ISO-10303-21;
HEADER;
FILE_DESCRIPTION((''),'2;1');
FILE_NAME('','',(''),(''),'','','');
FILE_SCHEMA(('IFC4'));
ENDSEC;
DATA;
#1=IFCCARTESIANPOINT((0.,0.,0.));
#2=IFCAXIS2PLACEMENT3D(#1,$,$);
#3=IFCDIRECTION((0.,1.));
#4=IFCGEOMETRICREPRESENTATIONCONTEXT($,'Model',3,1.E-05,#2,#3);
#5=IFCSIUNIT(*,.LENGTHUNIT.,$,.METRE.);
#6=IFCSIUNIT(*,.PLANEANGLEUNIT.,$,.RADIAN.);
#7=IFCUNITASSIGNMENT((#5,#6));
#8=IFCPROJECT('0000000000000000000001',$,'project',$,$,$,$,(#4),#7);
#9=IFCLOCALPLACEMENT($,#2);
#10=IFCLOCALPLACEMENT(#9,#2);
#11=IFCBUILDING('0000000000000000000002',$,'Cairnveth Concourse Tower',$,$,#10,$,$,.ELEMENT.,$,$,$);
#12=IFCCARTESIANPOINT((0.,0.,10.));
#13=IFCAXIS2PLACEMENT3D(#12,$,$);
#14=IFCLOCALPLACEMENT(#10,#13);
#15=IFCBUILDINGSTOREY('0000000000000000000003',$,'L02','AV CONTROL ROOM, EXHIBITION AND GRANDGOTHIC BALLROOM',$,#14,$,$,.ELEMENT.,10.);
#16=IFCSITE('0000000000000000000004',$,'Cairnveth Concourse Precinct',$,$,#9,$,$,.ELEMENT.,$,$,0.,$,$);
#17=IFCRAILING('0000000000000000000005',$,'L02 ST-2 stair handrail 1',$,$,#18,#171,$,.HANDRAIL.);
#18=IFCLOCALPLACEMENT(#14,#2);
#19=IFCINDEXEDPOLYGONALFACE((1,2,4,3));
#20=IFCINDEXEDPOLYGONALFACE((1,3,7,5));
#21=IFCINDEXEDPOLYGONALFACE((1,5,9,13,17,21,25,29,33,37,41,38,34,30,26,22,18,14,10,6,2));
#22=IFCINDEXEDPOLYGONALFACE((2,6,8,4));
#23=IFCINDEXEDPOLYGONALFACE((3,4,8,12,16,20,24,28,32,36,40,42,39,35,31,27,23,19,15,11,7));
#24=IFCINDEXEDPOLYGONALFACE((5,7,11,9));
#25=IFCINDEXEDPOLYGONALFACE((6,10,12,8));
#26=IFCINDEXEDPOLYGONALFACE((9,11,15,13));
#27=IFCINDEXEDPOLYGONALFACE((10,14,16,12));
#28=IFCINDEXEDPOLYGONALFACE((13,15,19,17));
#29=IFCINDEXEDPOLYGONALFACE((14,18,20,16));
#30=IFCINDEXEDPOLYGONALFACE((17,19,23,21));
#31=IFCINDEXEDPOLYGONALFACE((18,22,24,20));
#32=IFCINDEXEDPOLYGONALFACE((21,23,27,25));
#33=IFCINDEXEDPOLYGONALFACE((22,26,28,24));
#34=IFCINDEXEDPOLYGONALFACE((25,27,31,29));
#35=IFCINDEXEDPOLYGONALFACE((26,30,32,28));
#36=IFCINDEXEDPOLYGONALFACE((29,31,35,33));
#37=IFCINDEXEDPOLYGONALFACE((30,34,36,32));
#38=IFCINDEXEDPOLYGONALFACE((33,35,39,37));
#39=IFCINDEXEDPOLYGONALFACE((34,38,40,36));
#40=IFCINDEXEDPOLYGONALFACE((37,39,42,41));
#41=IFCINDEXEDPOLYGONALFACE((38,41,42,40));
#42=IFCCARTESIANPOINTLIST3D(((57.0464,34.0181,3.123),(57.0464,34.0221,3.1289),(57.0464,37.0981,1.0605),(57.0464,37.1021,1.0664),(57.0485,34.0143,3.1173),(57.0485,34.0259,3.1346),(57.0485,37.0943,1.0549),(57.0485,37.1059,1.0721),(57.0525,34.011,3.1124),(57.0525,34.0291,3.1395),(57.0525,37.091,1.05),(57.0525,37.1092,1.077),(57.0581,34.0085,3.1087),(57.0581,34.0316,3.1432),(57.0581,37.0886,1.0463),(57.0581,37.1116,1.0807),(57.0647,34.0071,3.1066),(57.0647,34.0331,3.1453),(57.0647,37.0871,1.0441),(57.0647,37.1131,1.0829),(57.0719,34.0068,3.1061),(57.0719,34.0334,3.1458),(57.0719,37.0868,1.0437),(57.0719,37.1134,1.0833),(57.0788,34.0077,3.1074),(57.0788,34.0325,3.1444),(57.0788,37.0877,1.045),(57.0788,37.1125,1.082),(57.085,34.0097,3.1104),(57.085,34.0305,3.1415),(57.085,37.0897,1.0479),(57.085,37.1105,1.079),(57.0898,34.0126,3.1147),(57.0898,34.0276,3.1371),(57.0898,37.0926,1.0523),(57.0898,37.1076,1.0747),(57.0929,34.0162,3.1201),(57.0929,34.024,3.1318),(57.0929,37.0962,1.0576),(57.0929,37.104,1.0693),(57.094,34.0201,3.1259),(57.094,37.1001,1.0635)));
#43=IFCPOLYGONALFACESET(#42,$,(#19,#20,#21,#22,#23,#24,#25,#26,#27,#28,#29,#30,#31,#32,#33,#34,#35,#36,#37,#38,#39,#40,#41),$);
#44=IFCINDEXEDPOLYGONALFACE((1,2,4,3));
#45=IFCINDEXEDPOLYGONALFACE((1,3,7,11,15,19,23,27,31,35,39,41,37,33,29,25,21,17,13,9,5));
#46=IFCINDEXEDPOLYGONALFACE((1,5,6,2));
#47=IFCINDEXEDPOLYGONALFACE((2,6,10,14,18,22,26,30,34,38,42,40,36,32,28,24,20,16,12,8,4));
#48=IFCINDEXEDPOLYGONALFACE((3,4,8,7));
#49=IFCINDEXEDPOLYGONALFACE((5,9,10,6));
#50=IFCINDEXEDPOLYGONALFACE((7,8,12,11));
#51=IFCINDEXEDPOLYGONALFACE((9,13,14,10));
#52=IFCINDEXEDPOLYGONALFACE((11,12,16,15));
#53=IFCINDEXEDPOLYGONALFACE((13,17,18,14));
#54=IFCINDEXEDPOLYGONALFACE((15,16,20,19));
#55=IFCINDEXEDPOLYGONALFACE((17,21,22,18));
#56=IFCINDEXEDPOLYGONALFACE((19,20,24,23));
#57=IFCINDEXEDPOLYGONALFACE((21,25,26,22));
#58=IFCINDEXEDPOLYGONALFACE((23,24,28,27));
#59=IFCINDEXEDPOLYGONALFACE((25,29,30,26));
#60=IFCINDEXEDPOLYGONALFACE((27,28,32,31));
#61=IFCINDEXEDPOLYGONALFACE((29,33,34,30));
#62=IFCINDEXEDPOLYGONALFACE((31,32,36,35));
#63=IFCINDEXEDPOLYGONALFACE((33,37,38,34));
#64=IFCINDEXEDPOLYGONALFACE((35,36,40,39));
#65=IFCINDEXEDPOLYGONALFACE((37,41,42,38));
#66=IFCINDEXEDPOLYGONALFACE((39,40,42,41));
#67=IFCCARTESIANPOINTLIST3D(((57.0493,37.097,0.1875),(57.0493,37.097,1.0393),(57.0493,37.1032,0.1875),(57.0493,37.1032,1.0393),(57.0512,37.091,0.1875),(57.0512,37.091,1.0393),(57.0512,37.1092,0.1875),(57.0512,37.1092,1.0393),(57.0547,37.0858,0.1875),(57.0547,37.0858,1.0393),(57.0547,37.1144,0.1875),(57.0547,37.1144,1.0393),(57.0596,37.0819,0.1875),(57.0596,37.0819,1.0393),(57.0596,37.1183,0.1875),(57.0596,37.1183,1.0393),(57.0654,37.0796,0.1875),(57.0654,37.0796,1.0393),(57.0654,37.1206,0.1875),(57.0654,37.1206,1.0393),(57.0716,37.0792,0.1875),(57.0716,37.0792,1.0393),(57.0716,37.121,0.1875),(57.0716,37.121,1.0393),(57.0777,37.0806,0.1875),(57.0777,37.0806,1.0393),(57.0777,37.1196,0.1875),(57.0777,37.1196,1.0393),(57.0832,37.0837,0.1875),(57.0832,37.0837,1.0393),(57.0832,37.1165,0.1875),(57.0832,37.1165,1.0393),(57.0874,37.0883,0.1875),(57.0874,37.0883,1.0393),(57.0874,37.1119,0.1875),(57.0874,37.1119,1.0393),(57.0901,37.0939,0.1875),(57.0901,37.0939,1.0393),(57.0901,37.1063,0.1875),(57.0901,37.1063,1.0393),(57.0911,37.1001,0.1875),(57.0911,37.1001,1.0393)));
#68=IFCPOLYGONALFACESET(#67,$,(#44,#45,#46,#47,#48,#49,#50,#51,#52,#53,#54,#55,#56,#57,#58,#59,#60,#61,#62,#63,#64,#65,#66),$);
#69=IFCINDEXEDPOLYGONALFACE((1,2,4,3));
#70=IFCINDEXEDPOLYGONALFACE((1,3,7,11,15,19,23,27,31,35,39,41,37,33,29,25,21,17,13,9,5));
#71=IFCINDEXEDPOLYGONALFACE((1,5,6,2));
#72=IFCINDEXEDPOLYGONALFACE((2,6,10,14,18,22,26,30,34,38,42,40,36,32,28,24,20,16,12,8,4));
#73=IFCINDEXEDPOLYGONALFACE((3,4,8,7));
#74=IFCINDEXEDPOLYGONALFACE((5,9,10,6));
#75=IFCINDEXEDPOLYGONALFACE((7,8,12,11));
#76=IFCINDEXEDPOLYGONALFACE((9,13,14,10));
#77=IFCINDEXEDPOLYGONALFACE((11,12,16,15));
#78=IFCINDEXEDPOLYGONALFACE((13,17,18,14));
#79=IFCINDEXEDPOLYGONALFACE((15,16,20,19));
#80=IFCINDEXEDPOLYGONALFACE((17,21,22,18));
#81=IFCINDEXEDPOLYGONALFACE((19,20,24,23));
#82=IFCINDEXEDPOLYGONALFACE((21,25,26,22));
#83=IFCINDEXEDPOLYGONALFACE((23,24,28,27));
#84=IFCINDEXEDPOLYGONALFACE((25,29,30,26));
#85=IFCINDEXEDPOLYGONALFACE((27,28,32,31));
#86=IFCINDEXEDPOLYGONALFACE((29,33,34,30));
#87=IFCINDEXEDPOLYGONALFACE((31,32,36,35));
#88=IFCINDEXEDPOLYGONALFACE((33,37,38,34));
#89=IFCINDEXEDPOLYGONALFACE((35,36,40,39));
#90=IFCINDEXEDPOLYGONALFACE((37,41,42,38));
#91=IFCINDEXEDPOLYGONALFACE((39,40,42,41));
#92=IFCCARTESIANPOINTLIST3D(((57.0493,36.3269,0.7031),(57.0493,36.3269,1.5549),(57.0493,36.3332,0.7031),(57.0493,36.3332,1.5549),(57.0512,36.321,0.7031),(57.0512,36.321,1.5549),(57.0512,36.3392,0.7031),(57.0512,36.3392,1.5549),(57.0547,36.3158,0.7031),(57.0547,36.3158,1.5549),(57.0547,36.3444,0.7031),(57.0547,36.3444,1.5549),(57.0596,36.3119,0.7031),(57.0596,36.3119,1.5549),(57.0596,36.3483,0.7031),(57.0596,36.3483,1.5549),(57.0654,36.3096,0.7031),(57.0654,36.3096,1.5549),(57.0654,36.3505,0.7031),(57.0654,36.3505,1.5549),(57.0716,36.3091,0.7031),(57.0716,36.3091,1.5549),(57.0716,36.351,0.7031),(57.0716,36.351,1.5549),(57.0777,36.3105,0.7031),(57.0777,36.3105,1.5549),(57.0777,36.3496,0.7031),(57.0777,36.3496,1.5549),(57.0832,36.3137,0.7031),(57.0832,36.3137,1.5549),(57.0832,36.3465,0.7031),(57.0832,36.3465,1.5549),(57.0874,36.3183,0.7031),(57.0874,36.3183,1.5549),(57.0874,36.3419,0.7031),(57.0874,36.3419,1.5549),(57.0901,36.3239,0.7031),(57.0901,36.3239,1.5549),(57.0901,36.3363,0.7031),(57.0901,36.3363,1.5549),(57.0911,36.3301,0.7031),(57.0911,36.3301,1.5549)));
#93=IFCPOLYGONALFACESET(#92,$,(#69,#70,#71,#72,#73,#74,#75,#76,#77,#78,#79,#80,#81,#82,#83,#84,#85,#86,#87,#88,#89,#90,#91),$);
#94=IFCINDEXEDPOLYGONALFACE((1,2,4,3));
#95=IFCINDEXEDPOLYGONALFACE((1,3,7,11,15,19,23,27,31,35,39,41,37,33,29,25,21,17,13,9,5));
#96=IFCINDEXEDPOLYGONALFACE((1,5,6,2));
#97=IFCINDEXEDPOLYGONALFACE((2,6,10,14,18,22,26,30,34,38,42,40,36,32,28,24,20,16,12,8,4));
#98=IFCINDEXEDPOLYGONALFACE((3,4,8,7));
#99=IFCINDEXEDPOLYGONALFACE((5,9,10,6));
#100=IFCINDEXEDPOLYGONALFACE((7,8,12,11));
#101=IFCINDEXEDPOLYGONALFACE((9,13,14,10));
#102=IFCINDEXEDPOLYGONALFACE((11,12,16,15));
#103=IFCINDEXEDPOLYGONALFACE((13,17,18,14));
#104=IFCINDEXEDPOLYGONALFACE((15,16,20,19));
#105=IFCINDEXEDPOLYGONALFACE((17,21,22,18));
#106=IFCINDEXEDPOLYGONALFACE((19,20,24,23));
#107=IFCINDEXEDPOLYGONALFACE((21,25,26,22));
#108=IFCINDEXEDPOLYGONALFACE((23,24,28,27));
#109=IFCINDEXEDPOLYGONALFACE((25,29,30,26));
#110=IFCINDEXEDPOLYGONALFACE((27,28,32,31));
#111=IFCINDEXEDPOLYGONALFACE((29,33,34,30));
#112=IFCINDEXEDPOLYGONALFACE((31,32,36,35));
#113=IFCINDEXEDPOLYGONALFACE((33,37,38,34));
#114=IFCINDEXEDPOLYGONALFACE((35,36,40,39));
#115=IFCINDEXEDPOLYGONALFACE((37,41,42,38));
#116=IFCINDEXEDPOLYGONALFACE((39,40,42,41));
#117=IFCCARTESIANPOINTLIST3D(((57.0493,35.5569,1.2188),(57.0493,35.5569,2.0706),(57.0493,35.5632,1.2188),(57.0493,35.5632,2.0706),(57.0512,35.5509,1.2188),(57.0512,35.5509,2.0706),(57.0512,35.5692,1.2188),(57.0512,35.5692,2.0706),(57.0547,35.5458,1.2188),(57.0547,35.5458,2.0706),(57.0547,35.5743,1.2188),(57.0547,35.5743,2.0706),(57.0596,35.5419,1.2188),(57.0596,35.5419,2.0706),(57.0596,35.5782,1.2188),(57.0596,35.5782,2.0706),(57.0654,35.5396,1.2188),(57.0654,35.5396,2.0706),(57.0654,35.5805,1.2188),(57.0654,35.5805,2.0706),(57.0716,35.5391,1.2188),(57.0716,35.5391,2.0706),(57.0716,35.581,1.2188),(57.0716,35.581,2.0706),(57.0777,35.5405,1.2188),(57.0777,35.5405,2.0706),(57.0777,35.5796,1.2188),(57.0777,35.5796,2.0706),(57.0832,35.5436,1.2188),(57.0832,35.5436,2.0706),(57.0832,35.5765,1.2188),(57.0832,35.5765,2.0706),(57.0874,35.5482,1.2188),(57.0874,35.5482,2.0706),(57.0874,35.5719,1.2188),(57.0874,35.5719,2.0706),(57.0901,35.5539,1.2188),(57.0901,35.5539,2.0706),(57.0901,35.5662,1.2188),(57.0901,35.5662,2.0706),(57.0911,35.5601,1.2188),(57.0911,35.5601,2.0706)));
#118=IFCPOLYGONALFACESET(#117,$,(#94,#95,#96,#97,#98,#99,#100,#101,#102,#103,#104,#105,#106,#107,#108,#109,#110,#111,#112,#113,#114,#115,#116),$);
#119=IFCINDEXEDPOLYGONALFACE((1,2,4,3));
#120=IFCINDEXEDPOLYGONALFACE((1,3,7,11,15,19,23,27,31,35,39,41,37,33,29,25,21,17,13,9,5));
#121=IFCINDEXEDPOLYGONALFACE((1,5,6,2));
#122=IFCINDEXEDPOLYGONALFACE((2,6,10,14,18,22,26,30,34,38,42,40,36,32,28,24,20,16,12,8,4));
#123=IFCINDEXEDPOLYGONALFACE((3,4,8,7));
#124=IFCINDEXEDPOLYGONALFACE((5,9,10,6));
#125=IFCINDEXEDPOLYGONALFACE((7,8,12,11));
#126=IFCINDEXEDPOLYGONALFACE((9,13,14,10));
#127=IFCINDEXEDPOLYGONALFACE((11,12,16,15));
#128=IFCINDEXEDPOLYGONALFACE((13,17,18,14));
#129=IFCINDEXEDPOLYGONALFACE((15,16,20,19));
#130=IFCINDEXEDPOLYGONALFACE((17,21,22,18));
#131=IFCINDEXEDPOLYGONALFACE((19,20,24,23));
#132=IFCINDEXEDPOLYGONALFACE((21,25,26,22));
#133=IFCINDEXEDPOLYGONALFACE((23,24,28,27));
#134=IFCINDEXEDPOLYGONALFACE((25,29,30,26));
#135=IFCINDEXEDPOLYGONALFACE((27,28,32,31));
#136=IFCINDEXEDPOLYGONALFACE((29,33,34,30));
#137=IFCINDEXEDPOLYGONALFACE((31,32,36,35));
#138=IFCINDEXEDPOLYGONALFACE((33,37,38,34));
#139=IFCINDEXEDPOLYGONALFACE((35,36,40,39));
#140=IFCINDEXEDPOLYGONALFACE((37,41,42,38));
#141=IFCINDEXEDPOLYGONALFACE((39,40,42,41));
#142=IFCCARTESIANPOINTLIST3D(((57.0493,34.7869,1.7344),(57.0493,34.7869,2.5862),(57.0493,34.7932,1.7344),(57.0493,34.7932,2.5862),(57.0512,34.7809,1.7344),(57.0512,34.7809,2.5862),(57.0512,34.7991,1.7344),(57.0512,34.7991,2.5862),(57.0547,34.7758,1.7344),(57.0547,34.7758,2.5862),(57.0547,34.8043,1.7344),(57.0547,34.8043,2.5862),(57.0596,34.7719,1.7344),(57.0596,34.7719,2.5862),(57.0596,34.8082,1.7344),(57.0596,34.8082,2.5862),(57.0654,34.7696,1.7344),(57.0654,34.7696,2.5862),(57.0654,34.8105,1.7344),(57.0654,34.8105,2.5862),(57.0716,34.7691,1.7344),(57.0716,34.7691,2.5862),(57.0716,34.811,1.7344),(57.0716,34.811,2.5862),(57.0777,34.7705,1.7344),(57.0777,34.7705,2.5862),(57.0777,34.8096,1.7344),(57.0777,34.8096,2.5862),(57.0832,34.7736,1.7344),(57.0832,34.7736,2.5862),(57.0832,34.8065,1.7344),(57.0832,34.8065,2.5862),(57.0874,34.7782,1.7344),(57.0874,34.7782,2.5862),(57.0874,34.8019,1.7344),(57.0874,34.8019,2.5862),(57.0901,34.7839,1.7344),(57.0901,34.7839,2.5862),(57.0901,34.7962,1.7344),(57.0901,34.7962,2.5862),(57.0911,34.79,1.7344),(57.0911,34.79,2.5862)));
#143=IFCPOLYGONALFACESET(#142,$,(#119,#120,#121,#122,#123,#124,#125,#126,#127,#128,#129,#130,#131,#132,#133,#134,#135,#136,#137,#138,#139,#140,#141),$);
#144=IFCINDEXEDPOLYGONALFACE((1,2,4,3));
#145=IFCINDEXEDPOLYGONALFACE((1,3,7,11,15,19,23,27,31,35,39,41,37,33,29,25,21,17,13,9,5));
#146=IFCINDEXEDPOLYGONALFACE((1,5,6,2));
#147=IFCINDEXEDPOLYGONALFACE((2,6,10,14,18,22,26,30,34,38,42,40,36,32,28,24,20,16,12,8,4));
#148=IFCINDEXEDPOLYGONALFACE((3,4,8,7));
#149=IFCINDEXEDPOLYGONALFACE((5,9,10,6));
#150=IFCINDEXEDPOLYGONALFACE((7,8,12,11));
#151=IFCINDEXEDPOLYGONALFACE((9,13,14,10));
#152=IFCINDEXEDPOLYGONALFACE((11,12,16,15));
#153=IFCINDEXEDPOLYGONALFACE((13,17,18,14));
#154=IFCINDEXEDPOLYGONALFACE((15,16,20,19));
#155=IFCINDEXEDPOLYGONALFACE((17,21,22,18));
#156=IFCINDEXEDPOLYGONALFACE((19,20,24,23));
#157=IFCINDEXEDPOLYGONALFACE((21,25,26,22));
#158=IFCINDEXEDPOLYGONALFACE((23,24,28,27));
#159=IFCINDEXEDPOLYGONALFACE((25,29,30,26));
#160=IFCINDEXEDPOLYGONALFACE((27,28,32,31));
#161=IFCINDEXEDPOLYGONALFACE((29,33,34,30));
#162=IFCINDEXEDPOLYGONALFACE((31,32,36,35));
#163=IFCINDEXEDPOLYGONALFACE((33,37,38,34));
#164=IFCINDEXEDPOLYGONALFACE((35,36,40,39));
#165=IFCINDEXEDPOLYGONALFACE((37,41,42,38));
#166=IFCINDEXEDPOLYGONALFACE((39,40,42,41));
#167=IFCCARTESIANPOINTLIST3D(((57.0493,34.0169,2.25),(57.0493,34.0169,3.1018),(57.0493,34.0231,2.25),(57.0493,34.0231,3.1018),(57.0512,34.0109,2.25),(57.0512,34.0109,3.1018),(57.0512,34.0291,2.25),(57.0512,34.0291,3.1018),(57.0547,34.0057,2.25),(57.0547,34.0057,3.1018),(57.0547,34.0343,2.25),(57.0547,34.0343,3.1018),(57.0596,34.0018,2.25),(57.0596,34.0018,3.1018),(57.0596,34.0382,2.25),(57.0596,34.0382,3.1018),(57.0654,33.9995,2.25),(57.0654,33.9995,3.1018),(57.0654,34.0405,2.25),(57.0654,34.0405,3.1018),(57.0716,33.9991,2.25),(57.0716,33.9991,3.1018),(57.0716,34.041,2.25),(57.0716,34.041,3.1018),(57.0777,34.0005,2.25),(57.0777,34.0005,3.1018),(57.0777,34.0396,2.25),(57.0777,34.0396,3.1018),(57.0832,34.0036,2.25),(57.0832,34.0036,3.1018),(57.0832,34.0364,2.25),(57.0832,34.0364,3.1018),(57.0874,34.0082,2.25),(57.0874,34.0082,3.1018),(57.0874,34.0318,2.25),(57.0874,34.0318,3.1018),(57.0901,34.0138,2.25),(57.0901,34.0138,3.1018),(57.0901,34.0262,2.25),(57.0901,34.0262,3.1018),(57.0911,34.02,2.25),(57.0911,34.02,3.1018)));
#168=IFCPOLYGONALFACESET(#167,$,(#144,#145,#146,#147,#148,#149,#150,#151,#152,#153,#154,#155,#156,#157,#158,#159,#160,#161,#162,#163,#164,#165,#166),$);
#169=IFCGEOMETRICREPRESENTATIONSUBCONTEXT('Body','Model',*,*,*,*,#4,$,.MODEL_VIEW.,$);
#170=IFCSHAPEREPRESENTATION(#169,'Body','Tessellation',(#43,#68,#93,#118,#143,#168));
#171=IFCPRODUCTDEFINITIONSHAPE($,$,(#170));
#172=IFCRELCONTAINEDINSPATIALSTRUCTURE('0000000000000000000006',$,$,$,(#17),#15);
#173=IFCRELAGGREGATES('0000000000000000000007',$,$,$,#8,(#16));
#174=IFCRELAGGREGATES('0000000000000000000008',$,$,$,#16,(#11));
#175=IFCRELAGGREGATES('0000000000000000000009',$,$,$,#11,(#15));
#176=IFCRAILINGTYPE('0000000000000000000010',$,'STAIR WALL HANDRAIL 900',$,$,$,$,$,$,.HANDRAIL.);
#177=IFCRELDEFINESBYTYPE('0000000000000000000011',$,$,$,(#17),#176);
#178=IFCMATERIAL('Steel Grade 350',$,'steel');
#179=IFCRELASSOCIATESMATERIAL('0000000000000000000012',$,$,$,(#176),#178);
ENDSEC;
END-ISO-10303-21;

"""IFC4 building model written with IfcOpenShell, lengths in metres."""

from ifc_helpers import new_model, si_unit, direction, frame, origin, origin_2d, place, context, subcontext, project, spatial, circle, extrude, material, type_object, element, save


model = new_model("IFC4")

# Units and contexts
model_context = context("Model", 3, precision=1e-05, world=origin(), true_north=direction((0.0, 1.0)))
body_context = subcontext(model_context, "Body", "Model", "MODEL_VIEW")
ifc_project = project(units=[si_unit("LENGTHUNIT", "METRE"), si_unit("PLANEANGLEUNIT", "RADIAN")], contexts=[model_context])

# Site, building, storey
site_placement = place(None, origin())
site = spatial("IfcSite", under=ifc_project, at=site_placement, Name="Cairnveth Concourse Precinct", CompositionType="ELEMENT", RefElevation=0.0)
building_placement = place(site_placement, origin())
building = spatial("IfcBuilding", under=site, at=building_placement, Name="Cairnveth Concourse Tower", CompositionType="ELEMENT")
storey_placement = place(building_placement, frame((0.0, 0.0, 10.0)))
storey = spatial("IfcBuildingStorey", under=building, at=storey_placement, Name="L02", Description="AV CONTROL ROOM, EXHIBITION AND GRANDGOTHIC BALLROOM", CompositionType="ELEMENT", Elevation=10.0)

# Shared definitions
ifc_material_1 = material(Name="Steel Grade 350", Category="steel")

# Railing
railing_type_1 = type_object("IfcRailingType", Name="STAIR WALL HANDRAIL 900", PredefinedType="HANDRAIL", material=ifc_material_1)
railing_1_placement = place(storey_placement, frame((57.0701, 37.1001, 0.1875)))
element("IfcRailing", 1, at=railing_1_placement, inside=storey, type_object=railing_type_1, Name="L02 ST-2 stair handrail 1", PredefinedType="HANDRAIL", context=body_context, shape_type="SweptSolid", body=[
    extrude(circle(Radius=0.0239, at=origin_2d()), frame((0.0, 0.0, 0.876), z_axis=(0.0, -0.830914, 0.556401), x_axis=(1.0, 0.0, 0.0)), (0.0, 0.0, 1.0), 3.7068),
    extrude(circle(Radius=0.021, at=origin_2d()), origin(), (0.0, 0.0, 1.0), 0.8518),
    extrude(circle(Radius=0.021, at=origin_2d()), frame((0.0, -0.77, 0.5156)), (0.0, 0.0, 1.0), 0.8518),
    extrude(circle(Radius=0.021, at=origin_2d()), frame((0.0, -1.54, 1.0312)), (0.0, 0.0, 1.0), 0.8518),
    extrude(circle(Radius=0.021, at=origin_2d()), frame((0.0, -2.3101, 1.5469)), (0.0, 0.0, 1.0), 0.8518),
    extrude(circle(Radius=0.021, at=origin_2d()), frame((0.0, -3.0801, 2.0625)), (0.0, 0.0, 1.0), 0.8518),
])

save(model, "model.ifc")
